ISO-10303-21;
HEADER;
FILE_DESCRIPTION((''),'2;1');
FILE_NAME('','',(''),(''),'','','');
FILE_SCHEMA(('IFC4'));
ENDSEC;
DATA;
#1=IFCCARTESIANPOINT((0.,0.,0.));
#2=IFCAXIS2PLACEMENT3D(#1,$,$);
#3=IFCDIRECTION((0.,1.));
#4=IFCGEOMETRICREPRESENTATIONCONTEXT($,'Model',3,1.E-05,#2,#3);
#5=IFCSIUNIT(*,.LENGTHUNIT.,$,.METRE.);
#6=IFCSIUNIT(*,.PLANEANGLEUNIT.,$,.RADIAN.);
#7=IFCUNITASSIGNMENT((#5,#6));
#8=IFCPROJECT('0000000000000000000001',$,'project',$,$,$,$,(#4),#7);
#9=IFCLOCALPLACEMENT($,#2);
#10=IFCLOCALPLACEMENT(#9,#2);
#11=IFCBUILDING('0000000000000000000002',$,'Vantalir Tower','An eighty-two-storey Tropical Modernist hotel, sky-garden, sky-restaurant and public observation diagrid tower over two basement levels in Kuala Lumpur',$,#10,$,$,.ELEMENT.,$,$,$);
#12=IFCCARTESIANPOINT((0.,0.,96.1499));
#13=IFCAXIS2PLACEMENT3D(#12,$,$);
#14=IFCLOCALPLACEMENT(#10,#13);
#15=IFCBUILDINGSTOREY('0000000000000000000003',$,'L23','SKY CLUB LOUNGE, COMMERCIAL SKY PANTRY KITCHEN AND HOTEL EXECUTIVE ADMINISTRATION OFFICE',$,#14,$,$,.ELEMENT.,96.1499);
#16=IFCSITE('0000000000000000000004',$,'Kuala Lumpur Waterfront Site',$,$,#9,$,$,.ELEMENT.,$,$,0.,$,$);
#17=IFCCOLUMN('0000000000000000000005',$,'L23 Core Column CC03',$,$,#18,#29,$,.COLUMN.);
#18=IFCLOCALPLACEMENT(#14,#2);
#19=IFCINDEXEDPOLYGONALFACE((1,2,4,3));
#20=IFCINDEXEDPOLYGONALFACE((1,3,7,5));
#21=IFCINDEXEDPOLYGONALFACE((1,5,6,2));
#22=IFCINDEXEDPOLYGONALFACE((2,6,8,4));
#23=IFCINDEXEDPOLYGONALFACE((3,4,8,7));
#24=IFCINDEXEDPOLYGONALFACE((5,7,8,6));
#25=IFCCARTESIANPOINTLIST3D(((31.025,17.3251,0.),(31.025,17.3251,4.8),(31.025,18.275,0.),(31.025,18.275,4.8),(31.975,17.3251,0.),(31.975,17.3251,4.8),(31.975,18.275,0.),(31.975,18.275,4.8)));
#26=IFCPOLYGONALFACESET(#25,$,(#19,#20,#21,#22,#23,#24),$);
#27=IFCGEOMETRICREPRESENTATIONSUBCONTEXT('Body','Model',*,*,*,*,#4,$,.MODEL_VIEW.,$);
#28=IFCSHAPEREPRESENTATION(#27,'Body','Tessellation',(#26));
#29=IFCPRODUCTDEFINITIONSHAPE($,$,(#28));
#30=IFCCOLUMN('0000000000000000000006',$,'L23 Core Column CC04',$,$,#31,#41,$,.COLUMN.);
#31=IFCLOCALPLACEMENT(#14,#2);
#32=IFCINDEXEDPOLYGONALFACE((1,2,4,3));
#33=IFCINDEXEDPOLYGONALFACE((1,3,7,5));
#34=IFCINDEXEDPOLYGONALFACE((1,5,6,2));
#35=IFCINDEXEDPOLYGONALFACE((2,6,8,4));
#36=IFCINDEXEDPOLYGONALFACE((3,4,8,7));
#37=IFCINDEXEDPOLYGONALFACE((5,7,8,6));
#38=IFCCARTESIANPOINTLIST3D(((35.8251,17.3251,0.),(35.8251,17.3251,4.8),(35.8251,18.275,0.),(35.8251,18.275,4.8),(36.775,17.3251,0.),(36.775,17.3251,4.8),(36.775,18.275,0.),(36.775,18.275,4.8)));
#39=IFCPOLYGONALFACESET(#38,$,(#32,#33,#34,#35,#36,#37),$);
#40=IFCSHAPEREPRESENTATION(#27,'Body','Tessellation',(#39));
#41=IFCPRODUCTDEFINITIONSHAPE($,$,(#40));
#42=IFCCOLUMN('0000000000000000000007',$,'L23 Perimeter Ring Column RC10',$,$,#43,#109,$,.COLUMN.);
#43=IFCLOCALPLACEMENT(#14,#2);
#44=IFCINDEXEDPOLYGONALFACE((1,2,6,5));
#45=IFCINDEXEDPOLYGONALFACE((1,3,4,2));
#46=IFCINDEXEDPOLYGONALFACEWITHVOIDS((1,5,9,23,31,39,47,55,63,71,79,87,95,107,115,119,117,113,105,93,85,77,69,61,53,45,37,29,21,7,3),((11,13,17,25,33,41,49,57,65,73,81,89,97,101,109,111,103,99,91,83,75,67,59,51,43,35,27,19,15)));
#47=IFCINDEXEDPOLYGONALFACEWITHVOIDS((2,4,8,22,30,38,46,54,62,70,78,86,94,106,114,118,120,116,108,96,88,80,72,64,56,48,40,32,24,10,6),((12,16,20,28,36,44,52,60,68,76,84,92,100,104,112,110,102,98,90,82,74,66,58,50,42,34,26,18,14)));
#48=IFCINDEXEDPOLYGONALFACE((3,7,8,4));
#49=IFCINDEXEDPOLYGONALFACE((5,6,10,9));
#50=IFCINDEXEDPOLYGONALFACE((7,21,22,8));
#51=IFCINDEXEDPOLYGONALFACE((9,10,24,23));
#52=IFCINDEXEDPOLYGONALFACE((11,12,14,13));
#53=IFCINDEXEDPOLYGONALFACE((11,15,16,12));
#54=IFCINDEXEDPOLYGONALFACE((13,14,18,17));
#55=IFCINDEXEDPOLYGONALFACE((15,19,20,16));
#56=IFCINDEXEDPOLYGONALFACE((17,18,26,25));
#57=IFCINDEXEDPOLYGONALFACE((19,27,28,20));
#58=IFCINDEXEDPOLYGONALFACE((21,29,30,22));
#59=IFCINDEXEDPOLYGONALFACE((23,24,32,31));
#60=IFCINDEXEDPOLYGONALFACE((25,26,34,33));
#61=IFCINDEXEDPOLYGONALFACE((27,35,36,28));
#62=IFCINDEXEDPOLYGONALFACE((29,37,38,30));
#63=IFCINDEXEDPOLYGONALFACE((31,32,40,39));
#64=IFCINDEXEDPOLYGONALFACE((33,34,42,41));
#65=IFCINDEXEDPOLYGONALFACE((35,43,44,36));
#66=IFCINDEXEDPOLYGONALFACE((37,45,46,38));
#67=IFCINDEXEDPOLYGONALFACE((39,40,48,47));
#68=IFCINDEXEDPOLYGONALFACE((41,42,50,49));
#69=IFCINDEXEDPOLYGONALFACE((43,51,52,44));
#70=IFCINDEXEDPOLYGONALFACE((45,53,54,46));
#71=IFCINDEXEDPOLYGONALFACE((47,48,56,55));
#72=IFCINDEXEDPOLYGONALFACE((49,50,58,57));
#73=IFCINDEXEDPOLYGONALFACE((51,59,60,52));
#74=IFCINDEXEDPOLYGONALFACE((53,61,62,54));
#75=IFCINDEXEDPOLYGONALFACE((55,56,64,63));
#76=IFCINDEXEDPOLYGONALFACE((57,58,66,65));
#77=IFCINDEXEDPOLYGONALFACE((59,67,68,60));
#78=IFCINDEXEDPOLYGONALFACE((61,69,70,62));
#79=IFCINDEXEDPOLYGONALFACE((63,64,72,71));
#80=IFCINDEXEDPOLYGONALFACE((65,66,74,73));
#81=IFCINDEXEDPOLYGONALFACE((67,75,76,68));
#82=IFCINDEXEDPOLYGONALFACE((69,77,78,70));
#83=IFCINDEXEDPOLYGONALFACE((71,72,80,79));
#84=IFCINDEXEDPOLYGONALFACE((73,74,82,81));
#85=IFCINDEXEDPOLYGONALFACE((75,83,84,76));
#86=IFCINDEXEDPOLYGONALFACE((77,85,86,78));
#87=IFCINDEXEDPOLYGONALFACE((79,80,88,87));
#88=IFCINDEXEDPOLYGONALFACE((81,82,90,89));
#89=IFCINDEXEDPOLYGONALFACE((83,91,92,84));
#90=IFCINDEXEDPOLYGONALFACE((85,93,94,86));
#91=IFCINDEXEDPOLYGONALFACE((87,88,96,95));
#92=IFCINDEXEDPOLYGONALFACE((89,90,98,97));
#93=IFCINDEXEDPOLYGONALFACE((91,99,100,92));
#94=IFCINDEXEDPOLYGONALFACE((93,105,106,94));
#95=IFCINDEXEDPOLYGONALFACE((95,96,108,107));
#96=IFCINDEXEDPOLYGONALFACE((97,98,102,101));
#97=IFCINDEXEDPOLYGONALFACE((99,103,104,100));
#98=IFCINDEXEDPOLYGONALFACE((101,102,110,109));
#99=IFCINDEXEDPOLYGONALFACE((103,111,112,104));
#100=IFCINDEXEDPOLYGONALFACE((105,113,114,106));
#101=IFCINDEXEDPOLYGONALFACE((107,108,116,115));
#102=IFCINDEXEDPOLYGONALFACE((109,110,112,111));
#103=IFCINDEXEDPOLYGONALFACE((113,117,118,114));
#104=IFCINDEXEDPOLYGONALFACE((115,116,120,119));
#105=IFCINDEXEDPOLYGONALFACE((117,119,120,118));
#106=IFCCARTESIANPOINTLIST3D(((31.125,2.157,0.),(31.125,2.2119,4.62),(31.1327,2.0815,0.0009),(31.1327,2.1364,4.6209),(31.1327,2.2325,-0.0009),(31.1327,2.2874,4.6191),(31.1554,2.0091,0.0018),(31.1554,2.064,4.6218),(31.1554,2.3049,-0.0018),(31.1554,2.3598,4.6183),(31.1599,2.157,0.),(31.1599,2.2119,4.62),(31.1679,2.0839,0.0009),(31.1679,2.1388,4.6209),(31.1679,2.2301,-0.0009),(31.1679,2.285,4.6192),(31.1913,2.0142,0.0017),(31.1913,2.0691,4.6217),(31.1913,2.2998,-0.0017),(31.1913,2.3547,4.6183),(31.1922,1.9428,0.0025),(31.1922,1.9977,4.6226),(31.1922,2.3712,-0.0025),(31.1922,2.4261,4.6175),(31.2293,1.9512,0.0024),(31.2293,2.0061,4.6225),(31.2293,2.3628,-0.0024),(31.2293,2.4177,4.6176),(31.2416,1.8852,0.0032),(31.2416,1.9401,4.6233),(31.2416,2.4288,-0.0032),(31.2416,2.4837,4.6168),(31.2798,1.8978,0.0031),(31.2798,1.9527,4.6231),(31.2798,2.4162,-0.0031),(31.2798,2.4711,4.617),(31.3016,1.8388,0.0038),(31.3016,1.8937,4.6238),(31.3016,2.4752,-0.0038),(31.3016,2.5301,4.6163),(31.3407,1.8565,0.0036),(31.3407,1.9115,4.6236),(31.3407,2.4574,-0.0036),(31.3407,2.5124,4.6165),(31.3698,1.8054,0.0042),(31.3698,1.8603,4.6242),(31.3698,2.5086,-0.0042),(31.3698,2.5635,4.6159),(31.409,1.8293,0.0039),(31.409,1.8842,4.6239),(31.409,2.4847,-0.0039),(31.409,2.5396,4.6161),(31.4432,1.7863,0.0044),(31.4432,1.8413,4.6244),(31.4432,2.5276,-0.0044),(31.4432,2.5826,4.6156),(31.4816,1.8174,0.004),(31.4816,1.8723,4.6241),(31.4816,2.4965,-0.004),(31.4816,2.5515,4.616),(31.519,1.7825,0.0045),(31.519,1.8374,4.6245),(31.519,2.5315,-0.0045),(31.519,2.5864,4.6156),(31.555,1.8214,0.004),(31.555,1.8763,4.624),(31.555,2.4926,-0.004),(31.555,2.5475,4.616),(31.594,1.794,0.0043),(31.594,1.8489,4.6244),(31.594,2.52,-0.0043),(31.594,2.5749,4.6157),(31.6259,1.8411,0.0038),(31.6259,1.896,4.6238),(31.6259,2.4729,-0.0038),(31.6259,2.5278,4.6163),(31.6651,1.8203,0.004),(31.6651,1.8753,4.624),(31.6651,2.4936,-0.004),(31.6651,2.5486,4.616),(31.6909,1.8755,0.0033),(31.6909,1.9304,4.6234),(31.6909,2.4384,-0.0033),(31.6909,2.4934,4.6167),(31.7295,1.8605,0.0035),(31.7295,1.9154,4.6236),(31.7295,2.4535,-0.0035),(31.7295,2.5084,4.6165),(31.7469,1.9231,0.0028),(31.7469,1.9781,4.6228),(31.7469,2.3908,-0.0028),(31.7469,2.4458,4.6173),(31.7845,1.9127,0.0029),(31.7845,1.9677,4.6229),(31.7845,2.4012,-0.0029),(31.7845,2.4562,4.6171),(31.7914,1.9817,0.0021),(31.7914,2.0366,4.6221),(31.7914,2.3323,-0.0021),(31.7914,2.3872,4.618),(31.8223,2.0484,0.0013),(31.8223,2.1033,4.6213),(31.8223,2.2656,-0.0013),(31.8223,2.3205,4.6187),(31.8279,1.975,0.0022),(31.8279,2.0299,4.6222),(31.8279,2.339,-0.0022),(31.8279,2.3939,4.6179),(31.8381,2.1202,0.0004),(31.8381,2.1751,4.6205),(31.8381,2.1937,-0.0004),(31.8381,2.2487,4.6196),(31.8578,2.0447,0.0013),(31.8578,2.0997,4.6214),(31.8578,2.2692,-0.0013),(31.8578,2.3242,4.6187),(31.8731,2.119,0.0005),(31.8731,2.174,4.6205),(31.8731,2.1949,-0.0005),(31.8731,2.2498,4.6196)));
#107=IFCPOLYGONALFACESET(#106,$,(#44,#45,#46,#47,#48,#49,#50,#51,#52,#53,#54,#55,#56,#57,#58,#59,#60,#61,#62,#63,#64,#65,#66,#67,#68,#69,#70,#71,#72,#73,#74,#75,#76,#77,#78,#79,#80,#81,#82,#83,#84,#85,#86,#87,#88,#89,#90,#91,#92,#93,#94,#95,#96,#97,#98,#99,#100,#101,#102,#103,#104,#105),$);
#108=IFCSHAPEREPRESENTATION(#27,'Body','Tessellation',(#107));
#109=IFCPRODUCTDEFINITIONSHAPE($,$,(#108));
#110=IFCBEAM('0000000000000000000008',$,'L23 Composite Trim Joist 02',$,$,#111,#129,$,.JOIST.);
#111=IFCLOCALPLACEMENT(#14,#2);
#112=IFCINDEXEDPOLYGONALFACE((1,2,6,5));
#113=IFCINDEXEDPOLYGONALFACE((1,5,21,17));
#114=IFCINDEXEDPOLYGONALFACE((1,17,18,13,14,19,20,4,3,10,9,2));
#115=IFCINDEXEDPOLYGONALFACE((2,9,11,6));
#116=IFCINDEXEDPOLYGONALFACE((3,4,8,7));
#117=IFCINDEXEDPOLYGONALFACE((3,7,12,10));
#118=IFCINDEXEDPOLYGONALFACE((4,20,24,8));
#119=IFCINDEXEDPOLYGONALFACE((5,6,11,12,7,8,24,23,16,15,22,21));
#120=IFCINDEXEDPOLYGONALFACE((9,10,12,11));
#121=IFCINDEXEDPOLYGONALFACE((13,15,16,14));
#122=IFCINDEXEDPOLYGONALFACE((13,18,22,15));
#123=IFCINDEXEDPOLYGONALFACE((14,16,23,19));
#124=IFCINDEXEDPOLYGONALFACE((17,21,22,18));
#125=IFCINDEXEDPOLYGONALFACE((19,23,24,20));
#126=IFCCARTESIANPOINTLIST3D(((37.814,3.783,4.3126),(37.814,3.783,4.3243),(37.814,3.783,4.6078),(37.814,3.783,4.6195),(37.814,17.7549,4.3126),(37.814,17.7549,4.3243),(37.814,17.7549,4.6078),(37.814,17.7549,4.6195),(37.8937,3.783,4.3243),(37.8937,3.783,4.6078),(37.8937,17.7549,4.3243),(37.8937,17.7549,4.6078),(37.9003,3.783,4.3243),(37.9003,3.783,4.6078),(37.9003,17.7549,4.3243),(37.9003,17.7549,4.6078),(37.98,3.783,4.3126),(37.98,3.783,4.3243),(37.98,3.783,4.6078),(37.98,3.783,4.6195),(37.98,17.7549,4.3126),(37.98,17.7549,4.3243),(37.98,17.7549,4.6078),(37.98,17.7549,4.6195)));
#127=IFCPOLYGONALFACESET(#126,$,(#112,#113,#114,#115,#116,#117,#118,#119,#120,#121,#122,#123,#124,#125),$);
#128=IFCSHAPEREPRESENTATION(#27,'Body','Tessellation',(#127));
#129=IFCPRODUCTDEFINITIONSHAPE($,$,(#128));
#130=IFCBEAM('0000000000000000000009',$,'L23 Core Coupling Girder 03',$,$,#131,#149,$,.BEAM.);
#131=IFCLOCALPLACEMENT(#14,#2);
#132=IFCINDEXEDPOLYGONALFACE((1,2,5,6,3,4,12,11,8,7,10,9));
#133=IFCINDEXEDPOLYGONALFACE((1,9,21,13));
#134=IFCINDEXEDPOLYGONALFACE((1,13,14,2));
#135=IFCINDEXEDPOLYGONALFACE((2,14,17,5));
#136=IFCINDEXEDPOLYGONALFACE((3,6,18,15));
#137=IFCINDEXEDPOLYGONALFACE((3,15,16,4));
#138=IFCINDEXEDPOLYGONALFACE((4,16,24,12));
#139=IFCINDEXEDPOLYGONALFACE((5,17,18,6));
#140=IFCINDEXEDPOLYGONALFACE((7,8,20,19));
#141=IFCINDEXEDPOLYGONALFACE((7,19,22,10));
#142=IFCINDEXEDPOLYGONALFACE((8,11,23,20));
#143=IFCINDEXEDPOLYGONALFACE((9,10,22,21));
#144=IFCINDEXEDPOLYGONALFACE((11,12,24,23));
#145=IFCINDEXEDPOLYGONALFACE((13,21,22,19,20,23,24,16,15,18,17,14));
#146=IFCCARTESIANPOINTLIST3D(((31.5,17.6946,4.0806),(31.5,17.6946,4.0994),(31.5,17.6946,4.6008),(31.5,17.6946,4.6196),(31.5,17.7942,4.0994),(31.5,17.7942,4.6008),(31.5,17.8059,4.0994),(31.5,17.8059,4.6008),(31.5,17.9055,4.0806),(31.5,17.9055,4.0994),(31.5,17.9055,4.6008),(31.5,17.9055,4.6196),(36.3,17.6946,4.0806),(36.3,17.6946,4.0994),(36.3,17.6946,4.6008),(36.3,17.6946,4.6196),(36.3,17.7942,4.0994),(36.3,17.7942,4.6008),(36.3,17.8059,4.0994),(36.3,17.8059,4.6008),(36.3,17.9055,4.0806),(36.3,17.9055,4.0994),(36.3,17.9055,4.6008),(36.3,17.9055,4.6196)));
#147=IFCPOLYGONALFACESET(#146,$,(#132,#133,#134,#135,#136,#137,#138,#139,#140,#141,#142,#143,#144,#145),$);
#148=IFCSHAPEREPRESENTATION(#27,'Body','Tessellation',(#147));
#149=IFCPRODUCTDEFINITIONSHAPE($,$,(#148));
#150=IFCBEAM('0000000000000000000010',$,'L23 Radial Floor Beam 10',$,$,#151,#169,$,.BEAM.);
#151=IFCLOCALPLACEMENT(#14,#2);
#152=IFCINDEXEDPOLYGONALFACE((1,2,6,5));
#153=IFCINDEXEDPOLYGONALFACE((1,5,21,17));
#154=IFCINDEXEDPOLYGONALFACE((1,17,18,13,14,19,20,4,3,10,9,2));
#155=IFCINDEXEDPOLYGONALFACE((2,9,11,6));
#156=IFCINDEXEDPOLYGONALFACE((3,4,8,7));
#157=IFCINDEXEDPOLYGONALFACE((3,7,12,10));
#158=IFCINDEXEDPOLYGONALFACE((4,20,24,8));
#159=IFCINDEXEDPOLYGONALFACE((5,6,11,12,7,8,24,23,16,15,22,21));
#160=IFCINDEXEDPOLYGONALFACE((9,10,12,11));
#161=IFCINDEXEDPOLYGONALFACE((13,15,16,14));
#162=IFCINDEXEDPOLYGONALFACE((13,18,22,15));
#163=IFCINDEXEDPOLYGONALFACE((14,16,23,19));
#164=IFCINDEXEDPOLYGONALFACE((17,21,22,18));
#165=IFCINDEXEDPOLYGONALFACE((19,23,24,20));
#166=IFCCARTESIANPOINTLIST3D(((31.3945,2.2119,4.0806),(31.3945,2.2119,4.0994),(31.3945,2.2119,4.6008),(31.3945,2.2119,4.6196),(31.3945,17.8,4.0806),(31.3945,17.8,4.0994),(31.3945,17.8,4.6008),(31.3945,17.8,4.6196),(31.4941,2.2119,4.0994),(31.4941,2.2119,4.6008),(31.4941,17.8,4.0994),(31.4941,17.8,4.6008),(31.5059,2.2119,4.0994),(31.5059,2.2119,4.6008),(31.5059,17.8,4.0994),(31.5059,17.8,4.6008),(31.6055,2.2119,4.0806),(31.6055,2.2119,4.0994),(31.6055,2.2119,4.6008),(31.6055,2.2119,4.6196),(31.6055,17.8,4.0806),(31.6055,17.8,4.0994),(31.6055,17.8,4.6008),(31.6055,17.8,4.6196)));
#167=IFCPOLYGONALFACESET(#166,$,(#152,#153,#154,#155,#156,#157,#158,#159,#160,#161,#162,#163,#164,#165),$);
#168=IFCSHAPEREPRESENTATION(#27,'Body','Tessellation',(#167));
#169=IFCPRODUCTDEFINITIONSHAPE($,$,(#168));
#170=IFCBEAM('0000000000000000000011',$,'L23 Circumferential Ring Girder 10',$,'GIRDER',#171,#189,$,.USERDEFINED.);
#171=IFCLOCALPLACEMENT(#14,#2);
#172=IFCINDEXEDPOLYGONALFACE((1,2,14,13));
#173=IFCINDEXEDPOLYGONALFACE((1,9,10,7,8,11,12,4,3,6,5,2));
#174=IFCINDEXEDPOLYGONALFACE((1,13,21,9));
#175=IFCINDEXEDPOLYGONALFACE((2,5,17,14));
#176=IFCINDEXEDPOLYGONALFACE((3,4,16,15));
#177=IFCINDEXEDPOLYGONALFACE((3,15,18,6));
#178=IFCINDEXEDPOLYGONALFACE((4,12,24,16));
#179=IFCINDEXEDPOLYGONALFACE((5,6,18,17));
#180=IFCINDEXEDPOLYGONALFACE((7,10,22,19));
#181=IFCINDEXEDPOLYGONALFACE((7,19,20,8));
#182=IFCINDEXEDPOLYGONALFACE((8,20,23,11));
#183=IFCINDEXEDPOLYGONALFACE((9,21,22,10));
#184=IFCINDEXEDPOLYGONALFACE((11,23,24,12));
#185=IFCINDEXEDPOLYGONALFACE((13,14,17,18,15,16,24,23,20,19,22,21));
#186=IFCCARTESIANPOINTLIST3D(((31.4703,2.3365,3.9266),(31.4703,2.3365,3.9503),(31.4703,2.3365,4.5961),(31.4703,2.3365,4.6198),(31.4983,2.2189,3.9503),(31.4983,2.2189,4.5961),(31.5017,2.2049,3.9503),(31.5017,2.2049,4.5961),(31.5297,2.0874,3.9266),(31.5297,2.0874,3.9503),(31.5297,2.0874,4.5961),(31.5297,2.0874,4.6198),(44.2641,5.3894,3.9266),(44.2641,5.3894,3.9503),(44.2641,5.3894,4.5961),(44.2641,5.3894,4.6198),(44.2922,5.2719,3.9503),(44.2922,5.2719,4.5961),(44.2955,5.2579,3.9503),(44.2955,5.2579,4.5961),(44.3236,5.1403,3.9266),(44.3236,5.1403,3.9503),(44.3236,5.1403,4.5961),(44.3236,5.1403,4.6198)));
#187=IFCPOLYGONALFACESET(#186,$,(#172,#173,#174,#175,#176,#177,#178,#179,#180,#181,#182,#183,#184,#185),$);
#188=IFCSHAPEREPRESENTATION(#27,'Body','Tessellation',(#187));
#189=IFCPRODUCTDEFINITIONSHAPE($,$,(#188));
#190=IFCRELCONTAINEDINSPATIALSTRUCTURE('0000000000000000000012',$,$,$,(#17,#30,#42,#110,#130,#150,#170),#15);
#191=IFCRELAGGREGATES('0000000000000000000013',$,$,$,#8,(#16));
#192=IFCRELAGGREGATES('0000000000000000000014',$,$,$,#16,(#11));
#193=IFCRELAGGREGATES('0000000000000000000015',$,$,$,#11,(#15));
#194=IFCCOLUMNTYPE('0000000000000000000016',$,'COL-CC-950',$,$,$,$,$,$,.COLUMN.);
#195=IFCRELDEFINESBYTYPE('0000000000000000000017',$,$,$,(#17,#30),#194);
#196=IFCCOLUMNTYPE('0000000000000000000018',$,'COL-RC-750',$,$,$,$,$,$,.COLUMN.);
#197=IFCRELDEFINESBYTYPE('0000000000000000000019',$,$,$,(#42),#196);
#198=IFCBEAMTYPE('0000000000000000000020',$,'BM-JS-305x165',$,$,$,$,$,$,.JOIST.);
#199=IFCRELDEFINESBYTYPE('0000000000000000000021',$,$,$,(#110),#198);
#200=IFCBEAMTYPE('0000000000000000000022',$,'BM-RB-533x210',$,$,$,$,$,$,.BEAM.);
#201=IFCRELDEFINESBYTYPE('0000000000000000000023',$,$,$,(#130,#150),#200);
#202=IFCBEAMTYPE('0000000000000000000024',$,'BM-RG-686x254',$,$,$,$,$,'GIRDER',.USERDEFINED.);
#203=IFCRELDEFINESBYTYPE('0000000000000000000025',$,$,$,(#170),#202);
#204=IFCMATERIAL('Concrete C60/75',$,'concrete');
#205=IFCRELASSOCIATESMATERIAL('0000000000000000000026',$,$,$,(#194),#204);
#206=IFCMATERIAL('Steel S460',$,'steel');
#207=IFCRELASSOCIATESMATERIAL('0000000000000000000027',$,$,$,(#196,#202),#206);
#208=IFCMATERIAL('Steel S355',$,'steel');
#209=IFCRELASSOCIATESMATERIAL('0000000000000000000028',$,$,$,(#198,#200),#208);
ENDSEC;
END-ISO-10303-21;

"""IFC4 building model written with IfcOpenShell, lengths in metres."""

from ifc_helpers import new_model, si_unit, direction, frame, origin, origin_2d, place, context, subcontext, project, spatial, rectangle, hollow_circle, i_section, extrude, material, material_profile, profile_set, type_object, element, save


model = new_model("IFC4")

# Units and contexts
model_context = context("Model", 3, precision=1e-05, world=origin(), true_north=direction((0.0, 1.0)))
body_context = subcontext(model_context, "Body", "Model", "MODEL_VIEW")
ifc_project = project(units=[si_unit("LENGTHUNIT", "METRE"), si_unit("PLANEANGLEUNIT", "RADIAN")], contexts=[model_context])

# Site, building, storey
site_placement = place(None, origin())
site = spatial("IfcSite", under=ifc_project, at=site_placement, Name="Kuala Lumpur Waterfront Site", CompositionType="ELEMENT", RefElevation=0.0)
building_placement = place(site_placement, origin())
building = spatial("IfcBuilding", under=site, at=building_placement, Name="Vantalir Tower", Description="An eighty-two-storey Tropical Modernist hotel, sky-garden, sky-restaurant and public observation diagrid tower over two basement levels in Kuala Lumpur", CompositionType="ELEMENT")
storey_placement = place(building_placement, frame((0.0, 0.0, 96.1499)))
storey = spatial("IfcBuildingStorey", under=building, at=storey_placement, Name="L23", Description="SKY CLUB LOUNGE, COMMERCIAL SKY PANTRY KITCHEN AND HOTEL EXECUTIVE ADMINISTRATION OFFICE", CompositionType="ELEMENT", Elevation=96.1499)

# Columns
ifc_material_1 = material(Name="Concrete C60/75", Category="concrete")
ifc_material_profile_1 = material_profile(ifc_material_1, rectangle(XDim=0.95, YDim=0.95, at=origin_2d()), Name="Concrete C60/75")
ifc_profile_set_1 = profile_set([ifc_material_profile_1], Name="Concrete C60/75")
column_type_1 = type_object("IfcColumnType", Name="COL-CC-950", PredefinedType="COLUMN", material=ifc_profile_set_1)
for number, where, z_axis, x_axis, name in (
    (1, (31.5, 17.8, 0.0), (0.0, 0.0, 1.0), (1.0, 0.0, 0.0), "L23 Core Column CC03"),
    (2, (36.3, 17.8, 0.0), (0.0, 0.0, 1.0), (1.0, 0.0, 0.0), "L23 Core Column CC04"),
):
    element("IfcColumn", number, at=place(storey_placement, frame(where, z_axis=z_axis, x_axis=x_axis)), inside=storey, type_object=column_type_1, Name=name, PredefinedType="COLUMN", context=body_context, shape_type="SweptSolid", body=[
        extrude(rectangle(XDim=0.95, YDim=0.95, at=origin_2d()), origin(), (0.0, 0.0, 1.0), 4.8),
    ])
ifc_material_2 = material(Name="Steel S460", Category="steel")
ifc_material_profile_2 = material_profile(ifc_material_2, hollow_circle(Radius=0.375, WallThickness=0.0349, at=origin_2d()), Name="Steel S460")
ifc_profile_set_2 = profile_set([ifc_material_profile_2], Name="Steel S460")
column_type_2 = type_object("IfcColumnType", Name="COL-RC-750", PredefinedType="COLUMN", material=ifc_profile_set_2)
column_placement = place(storey_placement, frame((31.5, 2.157, 0.0), z_axis=(0.0, 0.011889, 0.999929), x_axis=(-1.0, 0.0, 0.0)))
element("IfcColumn", 3, at=column_placement, inside=storey, type_object=column_type_2, Name="L23 Perimeter Ring Column RC10", PredefinedType="COLUMN", context=body_context, shape_type="SweptSolid", body=[
    extrude(hollow_circle(Radius=0.375, WallThickness=0.0349, at=origin_2d()), origin(), (0.0, 0.0, 1.0), 4.6204),
])

# Beams
ifc_material_3 = material(Name="Steel S355", Category="steel")
ifc_material_profile_3 = material_profile(ifc_material_3, i_section(OverallWidth=0.166, OverallDepth=0.3069, WebThickness=0.0066, FlangeThickness=0.0117, at=origin_2d()), Name="Steel S355")
ifc_profile_set_3 = profile_set([ifc_material_profile_3], Name="Steel S355")
beam_type_1 = type_object("IfcBeamType", Name="BM-JS-305x165", PredefinedType="JOIST", material=ifc_profile_set_3)
beam_1_placement = place(storey_placement, frame((37.897, 3.783, 4.4661), z_axis=(0.0, 1.0, 0.0), x_axis=(-1.0, 0.0, 0.0)))
element("IfcBeam", 4, at=beam_1_placement, inside=storey, type_object=beam_type_1, Name="L23 Composite Trim Joist 02", PredefinedType="JOIST", context=body_context, shape_type="SweptSolid", body=[
    extrude(i_section(OverallWidth=0.166, OverallDepth=0.3069, WebThickness=0.0066, FlangeThickness=0.0117, at=origin_2d()), origin(), (0.0, 0.0, 1.0), 13.9719),
])
ifc_material_profile_4 = material_profile(ifc_material_3, i_section(OverallWidth=0.2109, OverallDepth=0.5391, WebThickness=0.0117, FlangeThickness=0.0188, at=origin_2d()), Name="Steel S355")
ifc_profile_set_4 = profile_set([ifc_material_profile_4], Name="Steel S355")
beam_type_2 = type_object("IfcBeamType", Name="BM-RB-533x210", PredefinedType="BEAM", material=ifc_profile_set_4)
beam_2_placement = place(storey_placement, frame((31.5, 17.8, 4.3501), z_axis=(1.0, 0.0, 0.0), x_axis=(0.0, 1.0, 0.0)))
element("IfcBeam", 5, at=beam_2_placement, inside=storey, type_object=beam_type_2, Name="L23 Core Coupling Girder 03", PredefinedType="BEAM", context=body_context, shape_type="SweptSolid", body=[
    extrude(i_section(OverallWidth=0.2109, OverallDepth=0.5391, WebThickness=0.0117, FlangeThickness=0.0188, at=origin_2d()), origin(), (0.0, 0.0, 1.0), 4.8),
])
beam_3_placement = place(storey_placement, frame((31.5, 2.2119, 4.3501), z_axis=(0.0, 1.0, 0.0), x_axis=(-1.0, 0.0, 0.0)))
element("IfcBeam", 6, at=beam_3_placement, inside=storey, type_object=beam_type_2, Name="L23 Radial Floor Beam 10", PredefinedType="BEAM", context=body_context, shape_type="SweptSolid", body=[
    extrude(i_section(OverallWidth=0.2109, OverallDepth=0.5391, WebThickness=0.0117, FlangeThickness=0.0188, at=origin_2d()), origin(), (0.0, 0.0, 1.0), 15.5881),
])
ifc_material_profile_5 = material_profile(ifc_material_2, i_section(OverallWidth=0.2561, OverallDepth=0.6931, WebThickness=0.0144, FlangeThickness=0.0237, at=origin_2d()), Name="Steel S460")
ifc_profile_set_5 = profile_set([ifc_material_profile_5], Name="Steel S460")
beam_type_3 = type_object("IfcBeamType", Name="BM-RG-686x254", ElementType="GIRDER", PredefinedType="USERDEFINED", material=ifc_profile_set_5)
beam_4_placement = place(storey_placement, frame((31.5, 2.2119, 4.2732), z_axis=(0.97269, 0.23211, 0.0), x_axis=(-0.23211, 0.97269, 0.0)))
element("IfcBeam", 7, at=beam_4_placement, inside=storey, type_object=beam_type_3, Name="L23 Circumferential Ring Girder 10", ObjectType="GIRDER", PredefinedType="USERDEFINED", context=body_context, shape_type="SweptSolid", body=[
    extrude(i_section(OverallWidth=0.2561, OverallDepth=0.6931, WebThickness=0.0144, FlangeThickness=0.0237, at=origin_2d()), origin(), (0.0, 0.0, 1.0), 13.1531),
])

save(model, "model.ifc")
